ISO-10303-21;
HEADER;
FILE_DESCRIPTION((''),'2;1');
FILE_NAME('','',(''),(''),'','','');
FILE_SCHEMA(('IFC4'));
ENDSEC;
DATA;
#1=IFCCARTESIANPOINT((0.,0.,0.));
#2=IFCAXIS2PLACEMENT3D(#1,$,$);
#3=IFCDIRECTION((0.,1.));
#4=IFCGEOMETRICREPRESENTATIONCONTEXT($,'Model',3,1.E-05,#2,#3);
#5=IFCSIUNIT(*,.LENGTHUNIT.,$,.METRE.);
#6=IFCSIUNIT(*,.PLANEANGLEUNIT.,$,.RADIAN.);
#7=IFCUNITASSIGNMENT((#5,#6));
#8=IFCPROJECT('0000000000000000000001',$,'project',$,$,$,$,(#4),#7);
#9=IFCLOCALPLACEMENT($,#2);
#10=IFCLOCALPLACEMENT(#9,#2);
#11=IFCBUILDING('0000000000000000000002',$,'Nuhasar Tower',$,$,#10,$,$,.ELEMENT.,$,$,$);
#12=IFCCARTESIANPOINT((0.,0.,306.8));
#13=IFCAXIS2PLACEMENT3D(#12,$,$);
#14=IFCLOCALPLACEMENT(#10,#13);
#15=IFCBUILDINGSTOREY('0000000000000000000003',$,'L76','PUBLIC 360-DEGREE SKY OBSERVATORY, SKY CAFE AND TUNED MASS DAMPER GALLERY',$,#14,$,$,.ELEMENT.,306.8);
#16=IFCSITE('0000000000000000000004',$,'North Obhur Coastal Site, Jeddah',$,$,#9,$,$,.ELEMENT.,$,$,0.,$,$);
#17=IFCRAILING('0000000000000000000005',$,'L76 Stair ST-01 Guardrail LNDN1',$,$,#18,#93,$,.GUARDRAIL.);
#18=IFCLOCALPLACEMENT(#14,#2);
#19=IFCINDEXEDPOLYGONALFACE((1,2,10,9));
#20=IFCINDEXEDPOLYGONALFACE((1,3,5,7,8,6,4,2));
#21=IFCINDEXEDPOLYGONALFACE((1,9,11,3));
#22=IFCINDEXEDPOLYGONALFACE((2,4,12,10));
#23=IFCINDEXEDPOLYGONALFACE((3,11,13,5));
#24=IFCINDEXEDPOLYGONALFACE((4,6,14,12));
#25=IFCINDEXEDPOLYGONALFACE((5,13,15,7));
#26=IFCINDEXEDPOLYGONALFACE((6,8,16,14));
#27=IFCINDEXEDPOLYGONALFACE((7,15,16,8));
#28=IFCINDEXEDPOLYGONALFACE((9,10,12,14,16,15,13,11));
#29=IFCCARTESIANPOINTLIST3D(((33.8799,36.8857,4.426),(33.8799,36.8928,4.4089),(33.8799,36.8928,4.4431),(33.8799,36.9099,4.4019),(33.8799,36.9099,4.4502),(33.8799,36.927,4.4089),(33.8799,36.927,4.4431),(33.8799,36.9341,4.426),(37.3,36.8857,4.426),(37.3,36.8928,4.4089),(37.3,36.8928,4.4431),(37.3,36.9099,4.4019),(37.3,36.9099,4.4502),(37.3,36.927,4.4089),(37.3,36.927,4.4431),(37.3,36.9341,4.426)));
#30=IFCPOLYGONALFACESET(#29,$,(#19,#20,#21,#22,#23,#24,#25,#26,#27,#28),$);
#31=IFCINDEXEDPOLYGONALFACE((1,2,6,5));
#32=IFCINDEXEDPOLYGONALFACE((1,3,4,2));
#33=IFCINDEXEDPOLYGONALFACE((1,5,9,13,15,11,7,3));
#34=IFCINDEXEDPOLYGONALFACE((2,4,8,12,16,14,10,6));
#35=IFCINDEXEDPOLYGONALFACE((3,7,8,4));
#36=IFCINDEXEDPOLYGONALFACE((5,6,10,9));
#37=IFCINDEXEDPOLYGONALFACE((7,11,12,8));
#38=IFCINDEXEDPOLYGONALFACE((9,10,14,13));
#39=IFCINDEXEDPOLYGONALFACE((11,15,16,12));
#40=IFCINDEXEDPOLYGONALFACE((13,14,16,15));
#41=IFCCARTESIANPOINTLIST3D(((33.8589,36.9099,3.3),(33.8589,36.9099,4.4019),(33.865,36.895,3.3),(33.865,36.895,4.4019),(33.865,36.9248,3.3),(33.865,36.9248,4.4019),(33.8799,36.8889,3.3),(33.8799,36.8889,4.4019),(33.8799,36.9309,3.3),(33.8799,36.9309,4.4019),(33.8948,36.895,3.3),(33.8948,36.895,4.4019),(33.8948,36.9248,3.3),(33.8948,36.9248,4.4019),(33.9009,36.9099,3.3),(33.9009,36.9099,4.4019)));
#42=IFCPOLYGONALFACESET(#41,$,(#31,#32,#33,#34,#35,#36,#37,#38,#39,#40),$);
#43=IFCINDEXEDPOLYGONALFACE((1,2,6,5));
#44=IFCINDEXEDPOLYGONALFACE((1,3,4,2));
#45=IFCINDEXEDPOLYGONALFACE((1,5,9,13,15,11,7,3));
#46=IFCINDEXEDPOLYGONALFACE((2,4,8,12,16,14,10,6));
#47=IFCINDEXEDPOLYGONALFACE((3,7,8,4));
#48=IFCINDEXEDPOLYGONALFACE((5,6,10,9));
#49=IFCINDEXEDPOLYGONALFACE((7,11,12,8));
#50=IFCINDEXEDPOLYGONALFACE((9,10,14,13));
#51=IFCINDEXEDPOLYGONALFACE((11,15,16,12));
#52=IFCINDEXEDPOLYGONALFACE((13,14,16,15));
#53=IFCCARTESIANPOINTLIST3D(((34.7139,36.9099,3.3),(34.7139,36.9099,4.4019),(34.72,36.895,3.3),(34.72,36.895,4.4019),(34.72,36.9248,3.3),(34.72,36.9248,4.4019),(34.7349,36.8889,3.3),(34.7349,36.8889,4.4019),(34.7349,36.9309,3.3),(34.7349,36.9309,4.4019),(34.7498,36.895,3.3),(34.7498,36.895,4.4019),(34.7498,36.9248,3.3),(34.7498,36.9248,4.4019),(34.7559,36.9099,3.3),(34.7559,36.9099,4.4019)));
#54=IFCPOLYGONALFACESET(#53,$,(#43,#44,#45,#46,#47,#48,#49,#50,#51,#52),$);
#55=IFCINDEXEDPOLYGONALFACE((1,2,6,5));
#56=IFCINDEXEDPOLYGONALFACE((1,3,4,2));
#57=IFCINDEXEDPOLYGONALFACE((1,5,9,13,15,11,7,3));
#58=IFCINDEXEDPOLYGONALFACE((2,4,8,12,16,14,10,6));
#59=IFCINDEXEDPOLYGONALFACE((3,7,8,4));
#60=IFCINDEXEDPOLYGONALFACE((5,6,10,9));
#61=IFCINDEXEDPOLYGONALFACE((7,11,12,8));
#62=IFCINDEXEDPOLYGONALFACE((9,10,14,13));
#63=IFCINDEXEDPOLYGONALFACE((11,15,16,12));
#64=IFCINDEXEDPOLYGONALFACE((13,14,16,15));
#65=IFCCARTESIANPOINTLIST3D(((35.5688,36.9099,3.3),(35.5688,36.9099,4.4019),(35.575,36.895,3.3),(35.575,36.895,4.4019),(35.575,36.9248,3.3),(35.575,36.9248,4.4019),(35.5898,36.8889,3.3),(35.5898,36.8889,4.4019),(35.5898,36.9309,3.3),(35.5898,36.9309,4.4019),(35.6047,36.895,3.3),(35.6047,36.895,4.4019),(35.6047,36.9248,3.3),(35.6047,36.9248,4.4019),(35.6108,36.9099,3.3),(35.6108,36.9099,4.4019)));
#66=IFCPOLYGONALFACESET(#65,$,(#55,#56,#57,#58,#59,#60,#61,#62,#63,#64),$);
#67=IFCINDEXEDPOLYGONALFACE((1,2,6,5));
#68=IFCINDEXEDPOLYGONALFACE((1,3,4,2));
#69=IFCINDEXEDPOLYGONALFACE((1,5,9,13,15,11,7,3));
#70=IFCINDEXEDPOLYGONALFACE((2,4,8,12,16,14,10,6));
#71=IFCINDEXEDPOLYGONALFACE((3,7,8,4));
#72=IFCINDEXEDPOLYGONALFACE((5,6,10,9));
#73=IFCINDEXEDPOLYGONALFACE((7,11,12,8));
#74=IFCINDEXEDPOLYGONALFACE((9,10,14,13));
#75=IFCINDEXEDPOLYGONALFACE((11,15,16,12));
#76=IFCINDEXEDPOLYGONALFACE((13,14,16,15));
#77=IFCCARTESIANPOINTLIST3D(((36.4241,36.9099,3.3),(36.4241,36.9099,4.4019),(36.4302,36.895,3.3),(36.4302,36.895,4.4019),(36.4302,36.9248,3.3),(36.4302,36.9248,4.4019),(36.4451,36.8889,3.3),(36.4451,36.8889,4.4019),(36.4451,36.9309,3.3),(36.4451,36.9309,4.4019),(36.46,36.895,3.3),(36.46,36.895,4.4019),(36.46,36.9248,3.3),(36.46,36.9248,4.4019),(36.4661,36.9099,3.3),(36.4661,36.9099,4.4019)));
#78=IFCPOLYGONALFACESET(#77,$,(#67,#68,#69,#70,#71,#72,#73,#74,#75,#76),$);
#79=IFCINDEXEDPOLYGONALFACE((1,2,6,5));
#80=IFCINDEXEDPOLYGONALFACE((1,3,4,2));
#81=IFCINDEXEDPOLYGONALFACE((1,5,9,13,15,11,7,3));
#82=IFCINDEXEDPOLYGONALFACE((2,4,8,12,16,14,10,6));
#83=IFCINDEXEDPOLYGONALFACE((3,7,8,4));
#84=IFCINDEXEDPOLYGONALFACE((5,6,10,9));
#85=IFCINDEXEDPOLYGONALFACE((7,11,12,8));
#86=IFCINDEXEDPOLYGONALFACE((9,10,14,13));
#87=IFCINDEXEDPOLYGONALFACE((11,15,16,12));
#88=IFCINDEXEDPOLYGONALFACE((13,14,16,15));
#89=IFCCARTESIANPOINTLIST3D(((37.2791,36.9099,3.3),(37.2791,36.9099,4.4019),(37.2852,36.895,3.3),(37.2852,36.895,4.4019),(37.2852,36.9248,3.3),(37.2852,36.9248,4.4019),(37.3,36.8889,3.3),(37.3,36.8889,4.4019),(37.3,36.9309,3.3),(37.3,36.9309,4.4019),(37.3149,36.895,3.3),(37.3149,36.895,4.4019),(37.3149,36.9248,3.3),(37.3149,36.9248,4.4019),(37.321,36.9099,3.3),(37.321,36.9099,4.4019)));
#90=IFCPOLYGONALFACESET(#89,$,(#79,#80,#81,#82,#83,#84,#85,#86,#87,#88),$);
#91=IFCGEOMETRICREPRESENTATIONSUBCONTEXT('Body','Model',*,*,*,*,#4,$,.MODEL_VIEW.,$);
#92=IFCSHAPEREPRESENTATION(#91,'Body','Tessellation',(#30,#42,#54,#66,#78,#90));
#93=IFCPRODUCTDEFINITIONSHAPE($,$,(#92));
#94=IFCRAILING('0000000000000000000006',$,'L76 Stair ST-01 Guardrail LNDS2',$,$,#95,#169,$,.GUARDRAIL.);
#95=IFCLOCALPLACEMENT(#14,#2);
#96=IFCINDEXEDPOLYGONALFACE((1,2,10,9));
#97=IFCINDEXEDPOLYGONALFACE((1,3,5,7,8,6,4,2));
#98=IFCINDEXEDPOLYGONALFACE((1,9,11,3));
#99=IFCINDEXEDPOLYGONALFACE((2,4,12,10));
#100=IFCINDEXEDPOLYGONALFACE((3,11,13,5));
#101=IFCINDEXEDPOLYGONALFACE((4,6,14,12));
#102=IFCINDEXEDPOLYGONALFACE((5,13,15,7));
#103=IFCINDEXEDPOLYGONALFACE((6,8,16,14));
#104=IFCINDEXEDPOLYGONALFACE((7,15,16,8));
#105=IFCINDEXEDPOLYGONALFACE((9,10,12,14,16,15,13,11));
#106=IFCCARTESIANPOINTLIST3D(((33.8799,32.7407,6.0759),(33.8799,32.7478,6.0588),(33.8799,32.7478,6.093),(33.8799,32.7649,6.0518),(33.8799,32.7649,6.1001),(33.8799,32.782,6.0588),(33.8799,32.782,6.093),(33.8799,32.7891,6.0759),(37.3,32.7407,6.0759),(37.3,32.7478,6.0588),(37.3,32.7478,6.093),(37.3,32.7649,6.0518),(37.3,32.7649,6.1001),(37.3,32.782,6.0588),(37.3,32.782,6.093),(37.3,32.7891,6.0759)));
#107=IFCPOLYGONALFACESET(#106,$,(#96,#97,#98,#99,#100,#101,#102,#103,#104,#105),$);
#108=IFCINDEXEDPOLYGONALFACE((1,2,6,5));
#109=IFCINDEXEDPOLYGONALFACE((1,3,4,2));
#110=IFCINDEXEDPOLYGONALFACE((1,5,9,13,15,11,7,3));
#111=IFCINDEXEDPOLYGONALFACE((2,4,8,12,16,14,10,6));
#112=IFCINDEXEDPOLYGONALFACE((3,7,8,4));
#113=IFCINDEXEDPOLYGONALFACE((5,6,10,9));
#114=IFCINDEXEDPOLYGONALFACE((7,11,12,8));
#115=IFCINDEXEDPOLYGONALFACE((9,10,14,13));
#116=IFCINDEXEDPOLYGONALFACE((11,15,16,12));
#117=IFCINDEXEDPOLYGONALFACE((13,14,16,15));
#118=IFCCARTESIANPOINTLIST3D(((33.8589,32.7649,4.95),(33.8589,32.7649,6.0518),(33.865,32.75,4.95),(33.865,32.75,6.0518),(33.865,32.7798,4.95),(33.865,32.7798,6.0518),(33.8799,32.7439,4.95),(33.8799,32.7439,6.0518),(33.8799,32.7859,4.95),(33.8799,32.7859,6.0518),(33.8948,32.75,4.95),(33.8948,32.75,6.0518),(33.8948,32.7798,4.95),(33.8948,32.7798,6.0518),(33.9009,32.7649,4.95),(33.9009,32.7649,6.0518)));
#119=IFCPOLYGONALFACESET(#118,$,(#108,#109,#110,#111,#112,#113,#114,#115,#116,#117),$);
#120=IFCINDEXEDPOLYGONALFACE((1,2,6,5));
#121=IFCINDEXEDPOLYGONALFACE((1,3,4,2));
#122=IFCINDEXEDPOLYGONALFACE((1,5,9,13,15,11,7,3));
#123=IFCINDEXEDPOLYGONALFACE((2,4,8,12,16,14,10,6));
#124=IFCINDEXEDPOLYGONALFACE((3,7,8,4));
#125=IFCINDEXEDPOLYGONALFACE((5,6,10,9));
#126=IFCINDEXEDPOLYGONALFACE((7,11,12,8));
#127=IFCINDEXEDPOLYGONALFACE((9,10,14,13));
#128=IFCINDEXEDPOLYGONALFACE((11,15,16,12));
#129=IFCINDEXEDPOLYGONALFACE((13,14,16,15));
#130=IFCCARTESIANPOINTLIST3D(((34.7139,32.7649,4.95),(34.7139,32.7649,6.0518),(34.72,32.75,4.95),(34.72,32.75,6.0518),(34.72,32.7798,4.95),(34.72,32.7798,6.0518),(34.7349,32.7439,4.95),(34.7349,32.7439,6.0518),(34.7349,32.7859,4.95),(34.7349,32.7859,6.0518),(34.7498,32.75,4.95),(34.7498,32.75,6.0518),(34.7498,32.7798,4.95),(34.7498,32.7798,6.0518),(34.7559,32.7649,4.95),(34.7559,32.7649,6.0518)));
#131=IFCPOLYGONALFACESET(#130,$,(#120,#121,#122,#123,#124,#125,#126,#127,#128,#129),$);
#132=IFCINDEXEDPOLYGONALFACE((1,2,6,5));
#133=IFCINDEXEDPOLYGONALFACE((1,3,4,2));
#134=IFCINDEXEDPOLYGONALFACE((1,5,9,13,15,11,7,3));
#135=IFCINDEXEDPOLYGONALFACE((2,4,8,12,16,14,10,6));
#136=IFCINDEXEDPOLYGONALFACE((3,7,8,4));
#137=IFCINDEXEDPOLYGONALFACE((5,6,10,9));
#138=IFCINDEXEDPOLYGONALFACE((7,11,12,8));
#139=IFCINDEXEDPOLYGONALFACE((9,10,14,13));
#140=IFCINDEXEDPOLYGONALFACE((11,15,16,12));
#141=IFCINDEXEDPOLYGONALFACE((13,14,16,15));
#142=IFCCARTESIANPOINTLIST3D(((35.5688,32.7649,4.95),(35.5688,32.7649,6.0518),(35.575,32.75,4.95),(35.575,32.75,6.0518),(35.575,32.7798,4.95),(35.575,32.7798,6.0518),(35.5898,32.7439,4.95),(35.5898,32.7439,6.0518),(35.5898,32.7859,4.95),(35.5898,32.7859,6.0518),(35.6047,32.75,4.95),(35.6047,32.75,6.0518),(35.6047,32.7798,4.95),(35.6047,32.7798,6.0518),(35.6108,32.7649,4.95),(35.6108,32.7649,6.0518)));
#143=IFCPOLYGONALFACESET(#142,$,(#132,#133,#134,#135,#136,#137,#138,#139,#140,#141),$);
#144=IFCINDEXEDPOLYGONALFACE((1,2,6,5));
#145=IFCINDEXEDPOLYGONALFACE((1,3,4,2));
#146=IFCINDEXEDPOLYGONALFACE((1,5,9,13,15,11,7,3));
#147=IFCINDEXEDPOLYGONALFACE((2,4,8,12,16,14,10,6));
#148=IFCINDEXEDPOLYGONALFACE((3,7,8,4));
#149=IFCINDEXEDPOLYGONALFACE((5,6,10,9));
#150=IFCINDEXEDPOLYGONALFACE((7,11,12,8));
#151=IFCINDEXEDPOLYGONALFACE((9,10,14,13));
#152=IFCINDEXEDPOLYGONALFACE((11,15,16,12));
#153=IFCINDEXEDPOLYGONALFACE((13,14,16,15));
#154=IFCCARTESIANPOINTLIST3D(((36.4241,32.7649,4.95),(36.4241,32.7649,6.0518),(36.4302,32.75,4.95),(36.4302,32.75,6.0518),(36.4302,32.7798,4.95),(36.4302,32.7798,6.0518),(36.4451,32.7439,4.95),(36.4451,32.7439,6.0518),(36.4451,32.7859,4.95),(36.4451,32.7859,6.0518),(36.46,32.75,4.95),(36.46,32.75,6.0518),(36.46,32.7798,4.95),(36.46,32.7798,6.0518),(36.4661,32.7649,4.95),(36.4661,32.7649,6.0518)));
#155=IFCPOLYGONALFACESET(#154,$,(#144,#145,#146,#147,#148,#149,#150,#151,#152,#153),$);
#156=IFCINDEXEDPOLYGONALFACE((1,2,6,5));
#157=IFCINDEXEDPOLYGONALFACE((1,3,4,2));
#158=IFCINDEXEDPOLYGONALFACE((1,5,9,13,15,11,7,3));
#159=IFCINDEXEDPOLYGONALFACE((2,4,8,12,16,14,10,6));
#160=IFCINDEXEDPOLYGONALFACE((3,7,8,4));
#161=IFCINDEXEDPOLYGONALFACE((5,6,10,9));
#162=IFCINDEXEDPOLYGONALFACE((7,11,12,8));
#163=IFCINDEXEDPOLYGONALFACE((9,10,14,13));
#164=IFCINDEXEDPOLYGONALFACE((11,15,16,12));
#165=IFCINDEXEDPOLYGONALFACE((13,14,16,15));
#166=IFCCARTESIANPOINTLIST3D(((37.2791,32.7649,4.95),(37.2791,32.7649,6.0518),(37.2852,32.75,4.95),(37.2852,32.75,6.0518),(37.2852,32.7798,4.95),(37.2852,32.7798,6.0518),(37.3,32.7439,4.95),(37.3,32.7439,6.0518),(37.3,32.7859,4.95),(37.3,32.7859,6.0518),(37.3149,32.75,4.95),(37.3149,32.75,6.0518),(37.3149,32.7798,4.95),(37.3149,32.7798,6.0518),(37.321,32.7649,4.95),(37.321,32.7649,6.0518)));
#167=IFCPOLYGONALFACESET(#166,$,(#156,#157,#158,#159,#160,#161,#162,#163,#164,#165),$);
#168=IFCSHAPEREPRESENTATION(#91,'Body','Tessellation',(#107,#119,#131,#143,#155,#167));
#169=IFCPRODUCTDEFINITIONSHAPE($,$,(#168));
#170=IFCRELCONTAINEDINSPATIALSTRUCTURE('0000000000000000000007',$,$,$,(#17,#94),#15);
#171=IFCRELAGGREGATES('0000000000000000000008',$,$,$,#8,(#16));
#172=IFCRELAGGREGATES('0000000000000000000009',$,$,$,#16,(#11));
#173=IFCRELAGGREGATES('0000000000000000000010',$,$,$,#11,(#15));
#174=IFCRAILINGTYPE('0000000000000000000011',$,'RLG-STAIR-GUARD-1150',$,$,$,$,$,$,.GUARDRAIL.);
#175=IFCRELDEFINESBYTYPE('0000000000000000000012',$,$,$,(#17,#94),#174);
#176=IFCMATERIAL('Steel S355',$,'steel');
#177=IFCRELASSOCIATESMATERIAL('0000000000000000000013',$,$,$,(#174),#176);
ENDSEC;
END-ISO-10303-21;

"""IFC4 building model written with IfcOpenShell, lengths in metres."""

from ifc_helpers import new_model, si_unit, direction, frame, origin, place, context, subcontext, project, spatial, polyline, outline, extrude, material, type_object, element, save


model = new_model("IFC4")

# Units and contexts
model_context = context("Model", 3, precision=1e-05, world=origin(), true_north=direction((0.0, 1.0)))
body_context = subcontext(model_context, "Body", "Model", "MODEL_VIEW")
ifc_project = project(units=[si_unit("LENGTHUNIT", "METRE"), si_unit("PLANEANGLEUNIT", "RADIAN")], contexts=[model_context])

# Site, building, storey
site_placement = place(None, origin())
site = spatial("IfcSite", under=ifc_project, at=site_placement, Name="North Obhur Coastal Site, Jeddah", CompositionType="ELEMENT", RefElevation=0.0)
building_placement = place(site_placement, origin())
building = spatial("IfcBuilding", under=site, at=building_placement, Name="Nuhasar Tower", CompositionType="ELEMENT")
storey_placement = place(building_placement, frame((0.0, 0.0, 306.8)))
storey = spatial("IfcBuildingStorey", under=building, at=storey_placement, Name="L76", Description="PUBLIC 360-DEGREE SKY OBSERVATORY, SKY CAFE AND TUNED MASS DAMPER GALLERY", CompositionType="ELEMENT", Elevation=306.8)

# Shared definitions
ifc_material_1 = material(Name="Steel S355", Category="steel")

# Railings
railing_type_1 = type_object("IfcRailingType", Name="RLG-STAIR-GUARD-1150", PredefinedType="GUARDRAIL", material=ifc_material_1)
railing_1_placement = place(storey_placement, frame((33.8799, 36.9099, 3.3)))
element("IfcRailing", 1, at=railing_1_placement, inside=storey, type_object=railing_type_1, Name="L76 Stair ST-01 Guardrail LNDN1", PredefinedType="GUARDRAIL", context=body_context, shape_type="SweptSolid", body=[
    extrude(outline(polyline([(0.0242, 0.0), (0.0171, 0.0171), (0.0, 0.0242), (-0.0171, 0.0171), (-0.0242, 0.0), (-0.0171, -0.0171), (0.0, -0.0242), (0.0171, -0.0171), (0.0242, 0.0)])), frame((0.0, 0.0, 1.126), z_axis=(1.0, 0.0, 0.0), x_axis=(0.0, 1.0, 0.0)), (0.0, 0.0, 1.0), 3.4202),
    extrude(outline(polyline([(0.021, 0.0), (0.0149, 0.0149), (0.0, 0.021), (-0.0149, 0.0149), (-0.021, 0.0), (-0.0149, -0.0149), (0.0, -0.021), (0.0149, -0.0149), (0.021, 0.0)])), origin(), (0.0, 0.0, 1.0), 1.1018),
    extrude(outline(polyline([(0.021, 0.0), (0.0149, 0.0149), (0.0, 0.021), (-0.0149, 0.0149), (-0.021, 0.0), (-0.0149, -0.0149), (0.0, -0.021), (0.0149, -0.0149), (0.021, 0.0)])), frame((0.855, 0.0, 0.0)), (0.0, 0.0, 1.0), 1.1018),
    extrude(outline(polyline([(0.021, 0.0), (0.0149, 0.0149), (0.0, 0.021), (-0.0149, 0.0149), (-0.021, 0.0), (-0.0149, -0.0149), (0.0, -0.021), (0.0149, -0.0149), (0.021, 0.0)])), frame((1.71, 0.0, 0.0)), (0.0, 0.0, 1.0), 1.1018),
    extrude(outline(polyline([(0.021, 0.0), (0.0149, 0.0149), (0.0, 0.021), (-0.0149, 0.0149), (-0.021, 0.0), (-0.0149, -0.0149), (0.0, -0.021), (0.0149, -0.0149), (0.021, 0.0)])), frame((2.5652, 0.0, 0.0)), (0.0, 0.0, 1.0), 1.1018),
    extrude(outline(polyline([(0.021, 0.0), (0.0149, 0.0149), (0.0, 0.021), (-0.0149, 0.0149), (-0.021, 0.0), (-0.0149, -0.0149), (0.0, -0.021), (0.0149, -0.0149), (0.021, 0.0)])), frame((3.4202, 0.0, 0.0)), (0.0, 0.0, 1.0), 1.1018),
])
railing_2_placement = place(storey_placement, frame((33.8799, 32.7649, 4.95)))
element("IfcRailing", 2, at=railing_2_placement, inside=storey, type_object=railing_type_1, Name="L76 Stair ST-01 Guardrail LNDS2", PredefinedType="GUARDRAIL", context=body_context, shape_type="SweptSolid", body=[
    extrude(outline(polyline([(0.0242, 0.0), (0.0171, 0.0171), (0.0, 0.0242), (-0.0171, 0.0171), (-0.0242, 0.0), (-0.0171, -0.0171), (0.0, -0.0242), (0.0171, -0.0171), (0.0242, 0.0)])), frame((0.0, 0.0, 1.126), z_axis=(1.0, 0.0, 0.0), x_axis=(0.0, 1.0, 0.0)), (0.0, 0.0, 1.0), 3.4202),
    extrude(outline(polyline([(0.021, 0.0), (0.0149, 0.0149), (0.0, 0.021), (-0.0149, 0.0149), (-0.021, 0.0), (-0.0149, -0.0149), (0.0, -0.021), (0.0149, -0.0149), (0.021, 0.0)])), origin(), (0.0, 0.0, 1.0), 1.1018),
    extrude(outline(polyline([(0.021, 0.0), (0.0149, 0.0149), (0.0, 0.021), (-0.0149, 0.0149), (-0.021, 0.0), (-0.0149, -0.0149), (0.0, -0.021), (0.0149, -0.0149), (0.021, 0.0)])), frame((0.855, 0.0, 0.0)), (0.0, 0.0, 1.0), 1.1018),
    extrude(outline(polyline([(0.021, 0.0), (0.0149, 0.0149), (0.0, 0.021), (-0.0149, 0.0149), (-0.021, 0.0), (-0.0149, -0.0149), (0.0, -0.021), (0.0149, -0.0149), (0.021, 0.0)])), frame((1.71, 0.0, 0.0)), (0.0, 0.0, 1.0), 1.1018),
    extrude(outline(polyline([(0.021, 0.0), (0.0149, 0.0149), (0.0, 0.021), (-0.0149, 0.0149), (-0.021, 0.0), (-0.0149, -0.0149), (0.0, -0.021), (0.0149, -0.0149), (0.021, 0.0)])), frame((2.5652, 0.0, 0.0)), (0.0, 0.0, 1.0), 1.1018),
    extrude(outline(polyline([(0.021, 0.0), (0.0149, 0.0149), (0.0, 0.021), (-0.0149, 0.0149), (-0.021, 0.0), (-0.0149, -0.0149), (0.0, -0.021), (0.0149, -0.0149), (0.021, 0.0)])), frame((3.4202, 0.0, 0.0)), (0.0, 0.0, 1.0), 1.1018),
])

save(model, "model.ifc")
